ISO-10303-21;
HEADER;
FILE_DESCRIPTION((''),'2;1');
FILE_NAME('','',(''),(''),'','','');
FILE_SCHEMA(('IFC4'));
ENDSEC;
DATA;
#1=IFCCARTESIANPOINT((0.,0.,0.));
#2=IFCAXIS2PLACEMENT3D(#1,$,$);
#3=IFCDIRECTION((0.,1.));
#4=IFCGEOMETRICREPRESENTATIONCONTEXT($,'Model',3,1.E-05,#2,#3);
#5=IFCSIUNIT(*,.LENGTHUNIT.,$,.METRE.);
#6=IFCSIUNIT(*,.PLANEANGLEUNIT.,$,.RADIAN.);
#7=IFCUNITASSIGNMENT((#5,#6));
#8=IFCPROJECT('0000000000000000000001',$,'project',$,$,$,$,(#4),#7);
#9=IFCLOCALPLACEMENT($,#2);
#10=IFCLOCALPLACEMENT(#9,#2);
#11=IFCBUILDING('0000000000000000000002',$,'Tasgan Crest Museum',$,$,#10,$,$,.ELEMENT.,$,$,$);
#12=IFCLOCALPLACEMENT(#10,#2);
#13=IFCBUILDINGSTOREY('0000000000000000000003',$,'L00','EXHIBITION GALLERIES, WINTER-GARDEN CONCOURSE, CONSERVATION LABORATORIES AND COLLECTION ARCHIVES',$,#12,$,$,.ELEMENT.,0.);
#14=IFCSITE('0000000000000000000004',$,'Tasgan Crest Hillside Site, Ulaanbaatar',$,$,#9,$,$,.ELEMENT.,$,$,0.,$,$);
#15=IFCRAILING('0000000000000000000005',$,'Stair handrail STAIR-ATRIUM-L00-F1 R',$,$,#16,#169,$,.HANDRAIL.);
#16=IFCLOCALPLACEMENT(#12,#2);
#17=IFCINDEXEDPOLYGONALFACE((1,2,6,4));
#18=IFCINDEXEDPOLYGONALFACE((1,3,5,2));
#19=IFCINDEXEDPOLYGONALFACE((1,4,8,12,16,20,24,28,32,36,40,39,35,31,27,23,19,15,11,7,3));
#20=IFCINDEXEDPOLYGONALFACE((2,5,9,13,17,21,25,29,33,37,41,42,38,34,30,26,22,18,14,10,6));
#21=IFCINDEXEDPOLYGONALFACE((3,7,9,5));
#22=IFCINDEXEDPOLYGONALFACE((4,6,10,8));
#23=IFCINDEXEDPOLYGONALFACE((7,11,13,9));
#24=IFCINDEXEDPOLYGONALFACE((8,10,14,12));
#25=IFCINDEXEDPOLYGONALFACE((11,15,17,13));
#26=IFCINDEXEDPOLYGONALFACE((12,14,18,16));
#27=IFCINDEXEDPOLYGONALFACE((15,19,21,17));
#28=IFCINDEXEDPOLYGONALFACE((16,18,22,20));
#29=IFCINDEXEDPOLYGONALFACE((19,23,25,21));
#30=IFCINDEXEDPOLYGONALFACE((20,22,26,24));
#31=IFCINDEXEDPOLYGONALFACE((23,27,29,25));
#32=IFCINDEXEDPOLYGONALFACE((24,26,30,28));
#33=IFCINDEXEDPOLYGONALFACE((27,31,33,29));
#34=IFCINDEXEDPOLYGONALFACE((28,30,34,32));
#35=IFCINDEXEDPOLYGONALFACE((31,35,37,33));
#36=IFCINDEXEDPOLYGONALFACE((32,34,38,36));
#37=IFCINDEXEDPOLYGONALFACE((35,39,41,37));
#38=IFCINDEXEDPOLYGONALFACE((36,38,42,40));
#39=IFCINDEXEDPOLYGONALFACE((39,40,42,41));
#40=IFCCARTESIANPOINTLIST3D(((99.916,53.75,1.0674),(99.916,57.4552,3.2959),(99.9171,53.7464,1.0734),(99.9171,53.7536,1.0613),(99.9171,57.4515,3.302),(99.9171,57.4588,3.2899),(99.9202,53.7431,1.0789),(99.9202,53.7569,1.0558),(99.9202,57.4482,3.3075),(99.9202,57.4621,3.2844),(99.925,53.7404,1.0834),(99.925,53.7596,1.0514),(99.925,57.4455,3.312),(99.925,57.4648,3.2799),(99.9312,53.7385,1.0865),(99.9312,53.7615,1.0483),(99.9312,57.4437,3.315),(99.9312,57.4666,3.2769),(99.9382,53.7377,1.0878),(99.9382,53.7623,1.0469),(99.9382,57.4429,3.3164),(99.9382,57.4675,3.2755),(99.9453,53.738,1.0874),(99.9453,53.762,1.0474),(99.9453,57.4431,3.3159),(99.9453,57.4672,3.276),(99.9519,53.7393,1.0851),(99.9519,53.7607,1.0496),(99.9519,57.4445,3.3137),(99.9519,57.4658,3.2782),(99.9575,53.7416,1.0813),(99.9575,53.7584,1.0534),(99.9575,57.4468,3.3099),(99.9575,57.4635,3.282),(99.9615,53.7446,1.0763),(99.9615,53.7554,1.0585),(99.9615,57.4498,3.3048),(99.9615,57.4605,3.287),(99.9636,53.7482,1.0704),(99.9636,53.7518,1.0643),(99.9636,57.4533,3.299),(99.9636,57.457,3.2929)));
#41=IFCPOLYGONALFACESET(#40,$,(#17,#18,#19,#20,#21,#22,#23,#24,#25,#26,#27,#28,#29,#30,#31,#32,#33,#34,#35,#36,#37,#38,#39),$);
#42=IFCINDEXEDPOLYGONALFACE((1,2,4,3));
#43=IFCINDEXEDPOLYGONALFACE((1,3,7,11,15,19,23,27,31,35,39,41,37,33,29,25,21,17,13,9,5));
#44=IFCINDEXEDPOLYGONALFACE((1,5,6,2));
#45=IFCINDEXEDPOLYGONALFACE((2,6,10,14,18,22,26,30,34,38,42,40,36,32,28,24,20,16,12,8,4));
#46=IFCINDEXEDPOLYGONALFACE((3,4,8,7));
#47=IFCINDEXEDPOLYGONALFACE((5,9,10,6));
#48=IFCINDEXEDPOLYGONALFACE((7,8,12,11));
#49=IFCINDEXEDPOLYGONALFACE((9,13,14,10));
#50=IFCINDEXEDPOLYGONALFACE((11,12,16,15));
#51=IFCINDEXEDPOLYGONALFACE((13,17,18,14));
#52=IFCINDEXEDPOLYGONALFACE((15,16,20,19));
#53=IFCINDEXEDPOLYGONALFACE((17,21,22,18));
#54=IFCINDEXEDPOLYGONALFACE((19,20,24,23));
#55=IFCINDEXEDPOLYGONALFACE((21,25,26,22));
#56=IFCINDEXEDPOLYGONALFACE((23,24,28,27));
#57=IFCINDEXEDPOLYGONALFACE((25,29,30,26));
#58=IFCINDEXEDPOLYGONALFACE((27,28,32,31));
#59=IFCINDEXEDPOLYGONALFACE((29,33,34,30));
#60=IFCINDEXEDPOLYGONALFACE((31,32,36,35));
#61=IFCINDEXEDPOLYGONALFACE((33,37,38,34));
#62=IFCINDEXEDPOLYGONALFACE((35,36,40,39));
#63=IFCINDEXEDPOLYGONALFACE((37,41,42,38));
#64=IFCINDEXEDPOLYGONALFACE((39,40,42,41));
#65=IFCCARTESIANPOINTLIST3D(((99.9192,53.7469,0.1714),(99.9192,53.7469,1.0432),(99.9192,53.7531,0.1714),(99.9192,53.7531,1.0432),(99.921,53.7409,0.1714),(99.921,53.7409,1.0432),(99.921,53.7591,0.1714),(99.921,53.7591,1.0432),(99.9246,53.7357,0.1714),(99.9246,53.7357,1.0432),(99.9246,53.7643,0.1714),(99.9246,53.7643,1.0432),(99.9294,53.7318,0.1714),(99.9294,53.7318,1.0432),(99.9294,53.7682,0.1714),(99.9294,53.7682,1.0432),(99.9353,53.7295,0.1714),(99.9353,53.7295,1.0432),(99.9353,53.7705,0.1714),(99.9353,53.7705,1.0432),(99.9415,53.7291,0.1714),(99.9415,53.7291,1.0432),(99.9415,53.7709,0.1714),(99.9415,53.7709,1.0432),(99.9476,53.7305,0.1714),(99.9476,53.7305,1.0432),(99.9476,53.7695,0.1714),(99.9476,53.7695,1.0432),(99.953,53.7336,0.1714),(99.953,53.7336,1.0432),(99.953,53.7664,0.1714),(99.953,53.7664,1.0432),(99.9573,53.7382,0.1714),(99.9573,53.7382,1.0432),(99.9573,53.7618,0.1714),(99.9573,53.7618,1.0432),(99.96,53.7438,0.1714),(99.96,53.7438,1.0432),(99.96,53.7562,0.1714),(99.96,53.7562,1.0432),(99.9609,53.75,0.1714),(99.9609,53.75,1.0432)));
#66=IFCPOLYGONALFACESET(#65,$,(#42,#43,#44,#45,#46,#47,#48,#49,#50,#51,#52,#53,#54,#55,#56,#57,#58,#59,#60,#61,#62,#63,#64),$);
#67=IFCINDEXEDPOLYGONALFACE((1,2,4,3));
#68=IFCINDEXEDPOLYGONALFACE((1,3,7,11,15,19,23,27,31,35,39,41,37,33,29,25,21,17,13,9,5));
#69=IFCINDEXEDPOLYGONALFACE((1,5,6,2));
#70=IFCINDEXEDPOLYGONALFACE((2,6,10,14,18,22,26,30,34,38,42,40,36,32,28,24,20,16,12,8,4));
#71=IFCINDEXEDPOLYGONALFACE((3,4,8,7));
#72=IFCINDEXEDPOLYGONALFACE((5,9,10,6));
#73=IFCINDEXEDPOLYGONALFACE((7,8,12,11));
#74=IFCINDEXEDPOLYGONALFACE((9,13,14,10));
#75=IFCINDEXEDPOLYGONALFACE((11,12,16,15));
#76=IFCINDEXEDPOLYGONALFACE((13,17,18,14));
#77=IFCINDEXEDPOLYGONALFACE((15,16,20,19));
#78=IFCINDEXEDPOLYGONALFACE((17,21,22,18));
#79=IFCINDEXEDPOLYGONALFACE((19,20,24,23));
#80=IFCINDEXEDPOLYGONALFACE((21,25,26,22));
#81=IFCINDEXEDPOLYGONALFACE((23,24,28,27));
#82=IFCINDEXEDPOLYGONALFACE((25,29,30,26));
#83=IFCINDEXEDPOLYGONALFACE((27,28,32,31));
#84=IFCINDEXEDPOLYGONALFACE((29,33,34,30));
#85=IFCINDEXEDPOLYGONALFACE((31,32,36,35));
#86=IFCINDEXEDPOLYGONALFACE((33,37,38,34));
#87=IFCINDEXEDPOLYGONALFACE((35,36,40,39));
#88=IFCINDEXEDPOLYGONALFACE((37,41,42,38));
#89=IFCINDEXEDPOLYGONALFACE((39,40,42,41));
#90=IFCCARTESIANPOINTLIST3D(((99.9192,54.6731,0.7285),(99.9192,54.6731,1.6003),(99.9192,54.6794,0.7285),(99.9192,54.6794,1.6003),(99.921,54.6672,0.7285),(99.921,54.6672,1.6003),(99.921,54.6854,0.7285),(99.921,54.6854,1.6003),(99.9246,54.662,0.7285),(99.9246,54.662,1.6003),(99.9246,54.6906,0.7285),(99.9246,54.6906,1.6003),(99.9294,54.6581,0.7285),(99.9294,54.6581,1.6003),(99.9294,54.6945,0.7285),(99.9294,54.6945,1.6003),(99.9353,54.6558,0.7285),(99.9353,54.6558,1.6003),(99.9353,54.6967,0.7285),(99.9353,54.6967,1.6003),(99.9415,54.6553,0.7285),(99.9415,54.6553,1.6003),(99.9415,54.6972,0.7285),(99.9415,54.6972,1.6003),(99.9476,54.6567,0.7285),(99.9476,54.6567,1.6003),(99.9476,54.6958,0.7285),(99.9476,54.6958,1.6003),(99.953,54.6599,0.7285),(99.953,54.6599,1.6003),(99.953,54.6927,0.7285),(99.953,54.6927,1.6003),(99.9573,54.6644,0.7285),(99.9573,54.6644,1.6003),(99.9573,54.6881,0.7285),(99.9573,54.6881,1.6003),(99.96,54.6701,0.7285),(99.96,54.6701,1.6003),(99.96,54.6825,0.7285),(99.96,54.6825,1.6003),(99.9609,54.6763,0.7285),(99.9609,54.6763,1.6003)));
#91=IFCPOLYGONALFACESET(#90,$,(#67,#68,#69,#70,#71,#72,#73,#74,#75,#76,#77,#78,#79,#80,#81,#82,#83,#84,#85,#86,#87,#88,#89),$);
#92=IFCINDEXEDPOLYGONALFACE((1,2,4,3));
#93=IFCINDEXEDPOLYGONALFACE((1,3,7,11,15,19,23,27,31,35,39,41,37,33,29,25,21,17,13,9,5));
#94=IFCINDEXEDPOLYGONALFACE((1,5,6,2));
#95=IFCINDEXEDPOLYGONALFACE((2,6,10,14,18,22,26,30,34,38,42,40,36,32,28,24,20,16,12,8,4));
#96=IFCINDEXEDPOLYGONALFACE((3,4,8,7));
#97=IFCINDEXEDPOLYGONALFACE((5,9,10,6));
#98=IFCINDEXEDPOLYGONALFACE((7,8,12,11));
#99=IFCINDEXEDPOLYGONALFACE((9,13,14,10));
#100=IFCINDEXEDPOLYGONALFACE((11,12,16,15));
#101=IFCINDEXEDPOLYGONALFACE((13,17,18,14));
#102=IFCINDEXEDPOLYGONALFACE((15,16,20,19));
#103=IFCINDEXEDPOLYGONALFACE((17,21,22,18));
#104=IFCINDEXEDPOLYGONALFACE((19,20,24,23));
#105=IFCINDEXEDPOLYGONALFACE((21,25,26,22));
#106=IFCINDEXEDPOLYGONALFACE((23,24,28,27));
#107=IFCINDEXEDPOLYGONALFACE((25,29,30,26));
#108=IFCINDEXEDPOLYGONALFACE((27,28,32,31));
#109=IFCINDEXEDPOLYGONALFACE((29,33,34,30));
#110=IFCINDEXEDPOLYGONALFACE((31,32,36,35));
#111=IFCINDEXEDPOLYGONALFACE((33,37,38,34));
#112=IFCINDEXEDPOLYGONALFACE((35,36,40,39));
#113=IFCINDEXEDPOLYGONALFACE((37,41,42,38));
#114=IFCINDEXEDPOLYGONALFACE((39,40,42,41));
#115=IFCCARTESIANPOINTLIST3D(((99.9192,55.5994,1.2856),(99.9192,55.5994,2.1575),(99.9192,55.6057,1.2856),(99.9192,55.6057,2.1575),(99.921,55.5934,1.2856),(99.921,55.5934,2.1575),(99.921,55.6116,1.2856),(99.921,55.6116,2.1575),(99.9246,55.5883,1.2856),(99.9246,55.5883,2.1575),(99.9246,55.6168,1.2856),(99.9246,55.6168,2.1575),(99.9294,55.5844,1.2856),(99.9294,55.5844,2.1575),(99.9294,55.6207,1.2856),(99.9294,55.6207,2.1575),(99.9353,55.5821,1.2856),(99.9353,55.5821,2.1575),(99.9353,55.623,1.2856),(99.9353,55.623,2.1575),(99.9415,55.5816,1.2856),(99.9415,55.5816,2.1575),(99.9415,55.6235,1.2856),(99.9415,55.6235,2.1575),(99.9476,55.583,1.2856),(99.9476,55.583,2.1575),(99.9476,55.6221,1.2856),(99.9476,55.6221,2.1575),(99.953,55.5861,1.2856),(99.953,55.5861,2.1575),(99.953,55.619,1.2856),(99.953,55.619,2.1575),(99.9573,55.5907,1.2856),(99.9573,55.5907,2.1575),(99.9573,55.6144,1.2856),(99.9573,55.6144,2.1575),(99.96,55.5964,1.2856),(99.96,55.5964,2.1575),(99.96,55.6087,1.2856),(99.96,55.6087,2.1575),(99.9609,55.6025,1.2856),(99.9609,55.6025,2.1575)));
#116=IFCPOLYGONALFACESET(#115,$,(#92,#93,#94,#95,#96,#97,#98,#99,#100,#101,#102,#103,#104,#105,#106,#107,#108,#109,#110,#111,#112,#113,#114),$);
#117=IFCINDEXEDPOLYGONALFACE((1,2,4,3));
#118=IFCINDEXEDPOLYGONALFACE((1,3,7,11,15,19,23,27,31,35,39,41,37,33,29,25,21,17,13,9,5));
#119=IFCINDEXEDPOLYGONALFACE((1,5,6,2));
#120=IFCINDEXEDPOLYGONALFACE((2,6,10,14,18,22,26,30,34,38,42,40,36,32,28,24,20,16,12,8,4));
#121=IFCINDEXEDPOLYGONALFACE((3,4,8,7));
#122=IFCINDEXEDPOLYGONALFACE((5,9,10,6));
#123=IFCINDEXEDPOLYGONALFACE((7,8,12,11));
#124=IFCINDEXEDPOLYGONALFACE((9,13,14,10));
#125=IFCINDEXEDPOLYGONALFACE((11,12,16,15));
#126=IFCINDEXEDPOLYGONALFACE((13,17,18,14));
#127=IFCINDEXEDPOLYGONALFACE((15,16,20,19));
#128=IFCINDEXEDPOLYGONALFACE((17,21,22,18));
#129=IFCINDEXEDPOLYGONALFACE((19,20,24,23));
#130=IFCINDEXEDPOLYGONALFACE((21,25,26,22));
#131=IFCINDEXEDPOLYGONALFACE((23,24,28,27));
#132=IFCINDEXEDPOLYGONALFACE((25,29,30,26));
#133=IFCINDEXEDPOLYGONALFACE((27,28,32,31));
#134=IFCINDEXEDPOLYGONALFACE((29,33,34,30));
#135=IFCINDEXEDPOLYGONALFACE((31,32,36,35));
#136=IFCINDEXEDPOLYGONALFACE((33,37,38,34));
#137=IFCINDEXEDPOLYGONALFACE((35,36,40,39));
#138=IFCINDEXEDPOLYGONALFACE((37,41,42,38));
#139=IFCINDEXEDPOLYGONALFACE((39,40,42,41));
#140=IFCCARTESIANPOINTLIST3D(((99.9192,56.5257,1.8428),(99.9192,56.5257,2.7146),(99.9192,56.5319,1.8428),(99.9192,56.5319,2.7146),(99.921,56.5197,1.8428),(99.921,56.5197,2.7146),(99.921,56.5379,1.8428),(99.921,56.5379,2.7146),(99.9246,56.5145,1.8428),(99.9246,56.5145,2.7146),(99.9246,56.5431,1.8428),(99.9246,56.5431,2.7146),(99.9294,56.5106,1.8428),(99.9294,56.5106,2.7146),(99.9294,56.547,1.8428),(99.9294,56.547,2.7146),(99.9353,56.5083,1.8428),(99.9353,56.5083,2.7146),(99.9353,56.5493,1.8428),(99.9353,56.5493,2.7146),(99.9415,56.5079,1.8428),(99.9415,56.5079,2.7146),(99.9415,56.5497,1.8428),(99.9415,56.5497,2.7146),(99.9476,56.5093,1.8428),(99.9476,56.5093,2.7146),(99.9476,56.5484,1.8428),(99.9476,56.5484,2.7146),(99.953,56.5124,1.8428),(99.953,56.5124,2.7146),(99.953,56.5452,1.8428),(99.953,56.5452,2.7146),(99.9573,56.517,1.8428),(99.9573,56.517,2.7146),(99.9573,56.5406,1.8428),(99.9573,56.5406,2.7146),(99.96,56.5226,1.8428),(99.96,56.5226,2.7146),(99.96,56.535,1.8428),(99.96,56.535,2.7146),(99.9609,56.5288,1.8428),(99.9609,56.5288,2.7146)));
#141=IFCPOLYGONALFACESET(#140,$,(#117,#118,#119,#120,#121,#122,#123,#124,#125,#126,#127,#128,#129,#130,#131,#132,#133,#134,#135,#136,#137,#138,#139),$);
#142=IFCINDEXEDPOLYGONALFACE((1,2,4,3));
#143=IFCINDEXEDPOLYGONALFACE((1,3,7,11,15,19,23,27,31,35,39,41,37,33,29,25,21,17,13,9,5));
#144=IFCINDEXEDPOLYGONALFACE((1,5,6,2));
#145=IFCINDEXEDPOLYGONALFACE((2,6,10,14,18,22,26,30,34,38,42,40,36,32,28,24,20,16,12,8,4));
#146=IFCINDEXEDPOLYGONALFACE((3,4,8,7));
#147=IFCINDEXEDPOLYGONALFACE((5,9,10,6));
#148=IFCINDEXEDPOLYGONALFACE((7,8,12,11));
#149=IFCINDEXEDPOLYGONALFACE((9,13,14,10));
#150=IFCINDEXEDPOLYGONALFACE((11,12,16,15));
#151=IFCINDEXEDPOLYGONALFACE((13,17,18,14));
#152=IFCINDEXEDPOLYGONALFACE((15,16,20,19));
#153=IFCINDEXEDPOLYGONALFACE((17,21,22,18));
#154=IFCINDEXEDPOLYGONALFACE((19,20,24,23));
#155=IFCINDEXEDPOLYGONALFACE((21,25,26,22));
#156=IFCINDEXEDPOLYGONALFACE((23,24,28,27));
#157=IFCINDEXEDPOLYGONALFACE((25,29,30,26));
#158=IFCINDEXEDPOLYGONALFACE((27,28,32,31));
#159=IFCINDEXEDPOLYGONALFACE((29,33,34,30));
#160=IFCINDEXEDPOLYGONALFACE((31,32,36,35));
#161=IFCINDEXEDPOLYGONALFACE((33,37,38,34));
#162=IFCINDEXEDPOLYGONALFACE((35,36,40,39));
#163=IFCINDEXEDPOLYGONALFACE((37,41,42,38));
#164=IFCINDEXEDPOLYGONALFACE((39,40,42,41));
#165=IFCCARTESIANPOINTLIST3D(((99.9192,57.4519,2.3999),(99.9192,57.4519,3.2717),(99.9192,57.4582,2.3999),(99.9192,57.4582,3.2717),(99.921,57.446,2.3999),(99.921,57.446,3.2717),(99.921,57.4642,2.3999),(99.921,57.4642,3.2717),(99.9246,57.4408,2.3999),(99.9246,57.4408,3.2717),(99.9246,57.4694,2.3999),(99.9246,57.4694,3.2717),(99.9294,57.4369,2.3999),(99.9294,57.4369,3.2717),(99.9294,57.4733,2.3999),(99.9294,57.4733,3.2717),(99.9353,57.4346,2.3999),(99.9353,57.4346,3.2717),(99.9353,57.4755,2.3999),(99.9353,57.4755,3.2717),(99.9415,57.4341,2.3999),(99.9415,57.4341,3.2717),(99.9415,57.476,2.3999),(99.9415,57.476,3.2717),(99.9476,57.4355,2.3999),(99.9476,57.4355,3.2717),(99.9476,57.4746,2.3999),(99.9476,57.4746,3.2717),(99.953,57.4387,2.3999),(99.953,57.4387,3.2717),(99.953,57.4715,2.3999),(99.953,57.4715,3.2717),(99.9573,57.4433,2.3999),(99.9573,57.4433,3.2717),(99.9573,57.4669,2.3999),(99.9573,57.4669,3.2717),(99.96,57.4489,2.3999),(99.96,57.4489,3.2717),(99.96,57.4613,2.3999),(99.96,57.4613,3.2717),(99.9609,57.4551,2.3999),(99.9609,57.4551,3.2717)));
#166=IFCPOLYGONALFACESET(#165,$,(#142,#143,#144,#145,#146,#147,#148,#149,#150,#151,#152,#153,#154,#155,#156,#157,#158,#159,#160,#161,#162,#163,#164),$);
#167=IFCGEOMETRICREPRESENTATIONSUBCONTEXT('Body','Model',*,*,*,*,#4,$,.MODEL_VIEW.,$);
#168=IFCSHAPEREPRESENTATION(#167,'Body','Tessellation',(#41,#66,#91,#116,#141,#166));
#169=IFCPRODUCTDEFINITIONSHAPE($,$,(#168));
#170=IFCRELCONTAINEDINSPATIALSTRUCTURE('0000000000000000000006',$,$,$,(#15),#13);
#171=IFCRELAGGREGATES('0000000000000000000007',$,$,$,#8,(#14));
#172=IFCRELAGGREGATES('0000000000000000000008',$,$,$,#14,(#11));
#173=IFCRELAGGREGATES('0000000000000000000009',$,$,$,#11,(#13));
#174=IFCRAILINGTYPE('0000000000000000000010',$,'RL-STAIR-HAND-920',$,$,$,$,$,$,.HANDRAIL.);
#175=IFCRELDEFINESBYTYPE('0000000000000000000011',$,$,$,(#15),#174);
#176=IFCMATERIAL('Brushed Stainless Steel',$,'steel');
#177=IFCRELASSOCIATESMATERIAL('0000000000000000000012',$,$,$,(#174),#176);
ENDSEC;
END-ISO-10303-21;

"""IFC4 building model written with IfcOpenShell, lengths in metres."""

from ifc_helpers import new_model, si_unit, direction, frame, origin, origin_2d, place, context, subcontext, project, spatial, circle, extrude, material, type_object, element, save


model = new_model("IFC4")

# Units and contexts
model_context = context("Model", 3, precision=1e-05, world=origin(), true_north=direction((0.0, 1.0)))
body_context = subcontext(model_context, "Body", "Model", "MODEL_VIEW")
ifc_project = project(units=[si_unit("LENGTHUNIT", "METRE"), si_unit("PLANEANGLEUNIT", "RADIAN")], contexts=[model_context])

# Site, building, storey
site_placement = place(None, origin())
site = spatial("IfcSite", under=ifc_project, at=site_placement, Name="Tasgan Crest Hillside Site, Ulaanbaatar", CompositionType="ELEMENT", RefElevation=0.0)
building_placement = place(site_placement, origin())
building = spatial("IfcBuilding", under=site, at=building_placement, Name="Tasgan Crest Museum", CompositionType="ELEMENT")
storey_placement = place(building_placement, origin())
storey = spatial("IfcBuildingStorey", under=building, at=storey_placement, Name="L00", Description="EXHIBITION GALLERIES, WINTER-GARDEN CONCOURSE, CONSERVATION LABORATORIES AND COLLECTION ARCHIVES", CompositionType="ELEMENT", Elevation=0.0)

# Railing
ifc_material_1 = material(Name="Brushed Stainless Steel", Category="steel")
railing_type_1 = type_object("IfcRailingType", Name="RL-STAIR-HAND-920", PredefinedType="HANDRAIL", material=ifc_material_1)
for number, where, name in (
    (1, (99.9399, 53.75, 0.1714), "Stair handrail STAIR-ATRIUM-L00-F1 R"),
):
    element("IfcRailing", number, at=place(storey_placement, frame(where)), inside=storey, type_object=railing_type_1, Name=name, PredefinedType="HANDRAIL", context=body_context, shape_type="SweptSolid", body=[
        extrude(circle(Radius=0.0239, at=origin_2d()), frame((0.0, 0.0, 0.896), z_axis=(0.0, 0.856934, 0.515425), x_axis=(-1.0, 0.0, 0.0)), (0.0, 0.0, 1.0), 4.3237),
        extrude(circle(Radius=0.021, at=origin_2d()), origin(), (0.0, 0.0, 1.0), 0.8718),
        extrude(circle(Radius=0.021, at=origin_2d()), frame((0.0, 0.9263, 0.5571)), (0.0, 0.0, 1.0), 0.8718),
        extrude(circle(Radius=0.021, at=origin_2d()), frame((0.0, 1.8525, 1.1143)), (0.0, 0.0, 1.0), 0.8718),
        extrude(circle(Radius=0.021, at=origin_2d()), frame((0.0, 2.7788, 1.6714)), (0.0, 0.0, 1.0), 0.8718),
        extrude(circle(Radius=0.021, at=origin_2d()), frame((0.0, 3.7051, 2.2285)), (0.0, 0.0, 1.0), 0.8718),
    ])

save(model, "model.ifc")
